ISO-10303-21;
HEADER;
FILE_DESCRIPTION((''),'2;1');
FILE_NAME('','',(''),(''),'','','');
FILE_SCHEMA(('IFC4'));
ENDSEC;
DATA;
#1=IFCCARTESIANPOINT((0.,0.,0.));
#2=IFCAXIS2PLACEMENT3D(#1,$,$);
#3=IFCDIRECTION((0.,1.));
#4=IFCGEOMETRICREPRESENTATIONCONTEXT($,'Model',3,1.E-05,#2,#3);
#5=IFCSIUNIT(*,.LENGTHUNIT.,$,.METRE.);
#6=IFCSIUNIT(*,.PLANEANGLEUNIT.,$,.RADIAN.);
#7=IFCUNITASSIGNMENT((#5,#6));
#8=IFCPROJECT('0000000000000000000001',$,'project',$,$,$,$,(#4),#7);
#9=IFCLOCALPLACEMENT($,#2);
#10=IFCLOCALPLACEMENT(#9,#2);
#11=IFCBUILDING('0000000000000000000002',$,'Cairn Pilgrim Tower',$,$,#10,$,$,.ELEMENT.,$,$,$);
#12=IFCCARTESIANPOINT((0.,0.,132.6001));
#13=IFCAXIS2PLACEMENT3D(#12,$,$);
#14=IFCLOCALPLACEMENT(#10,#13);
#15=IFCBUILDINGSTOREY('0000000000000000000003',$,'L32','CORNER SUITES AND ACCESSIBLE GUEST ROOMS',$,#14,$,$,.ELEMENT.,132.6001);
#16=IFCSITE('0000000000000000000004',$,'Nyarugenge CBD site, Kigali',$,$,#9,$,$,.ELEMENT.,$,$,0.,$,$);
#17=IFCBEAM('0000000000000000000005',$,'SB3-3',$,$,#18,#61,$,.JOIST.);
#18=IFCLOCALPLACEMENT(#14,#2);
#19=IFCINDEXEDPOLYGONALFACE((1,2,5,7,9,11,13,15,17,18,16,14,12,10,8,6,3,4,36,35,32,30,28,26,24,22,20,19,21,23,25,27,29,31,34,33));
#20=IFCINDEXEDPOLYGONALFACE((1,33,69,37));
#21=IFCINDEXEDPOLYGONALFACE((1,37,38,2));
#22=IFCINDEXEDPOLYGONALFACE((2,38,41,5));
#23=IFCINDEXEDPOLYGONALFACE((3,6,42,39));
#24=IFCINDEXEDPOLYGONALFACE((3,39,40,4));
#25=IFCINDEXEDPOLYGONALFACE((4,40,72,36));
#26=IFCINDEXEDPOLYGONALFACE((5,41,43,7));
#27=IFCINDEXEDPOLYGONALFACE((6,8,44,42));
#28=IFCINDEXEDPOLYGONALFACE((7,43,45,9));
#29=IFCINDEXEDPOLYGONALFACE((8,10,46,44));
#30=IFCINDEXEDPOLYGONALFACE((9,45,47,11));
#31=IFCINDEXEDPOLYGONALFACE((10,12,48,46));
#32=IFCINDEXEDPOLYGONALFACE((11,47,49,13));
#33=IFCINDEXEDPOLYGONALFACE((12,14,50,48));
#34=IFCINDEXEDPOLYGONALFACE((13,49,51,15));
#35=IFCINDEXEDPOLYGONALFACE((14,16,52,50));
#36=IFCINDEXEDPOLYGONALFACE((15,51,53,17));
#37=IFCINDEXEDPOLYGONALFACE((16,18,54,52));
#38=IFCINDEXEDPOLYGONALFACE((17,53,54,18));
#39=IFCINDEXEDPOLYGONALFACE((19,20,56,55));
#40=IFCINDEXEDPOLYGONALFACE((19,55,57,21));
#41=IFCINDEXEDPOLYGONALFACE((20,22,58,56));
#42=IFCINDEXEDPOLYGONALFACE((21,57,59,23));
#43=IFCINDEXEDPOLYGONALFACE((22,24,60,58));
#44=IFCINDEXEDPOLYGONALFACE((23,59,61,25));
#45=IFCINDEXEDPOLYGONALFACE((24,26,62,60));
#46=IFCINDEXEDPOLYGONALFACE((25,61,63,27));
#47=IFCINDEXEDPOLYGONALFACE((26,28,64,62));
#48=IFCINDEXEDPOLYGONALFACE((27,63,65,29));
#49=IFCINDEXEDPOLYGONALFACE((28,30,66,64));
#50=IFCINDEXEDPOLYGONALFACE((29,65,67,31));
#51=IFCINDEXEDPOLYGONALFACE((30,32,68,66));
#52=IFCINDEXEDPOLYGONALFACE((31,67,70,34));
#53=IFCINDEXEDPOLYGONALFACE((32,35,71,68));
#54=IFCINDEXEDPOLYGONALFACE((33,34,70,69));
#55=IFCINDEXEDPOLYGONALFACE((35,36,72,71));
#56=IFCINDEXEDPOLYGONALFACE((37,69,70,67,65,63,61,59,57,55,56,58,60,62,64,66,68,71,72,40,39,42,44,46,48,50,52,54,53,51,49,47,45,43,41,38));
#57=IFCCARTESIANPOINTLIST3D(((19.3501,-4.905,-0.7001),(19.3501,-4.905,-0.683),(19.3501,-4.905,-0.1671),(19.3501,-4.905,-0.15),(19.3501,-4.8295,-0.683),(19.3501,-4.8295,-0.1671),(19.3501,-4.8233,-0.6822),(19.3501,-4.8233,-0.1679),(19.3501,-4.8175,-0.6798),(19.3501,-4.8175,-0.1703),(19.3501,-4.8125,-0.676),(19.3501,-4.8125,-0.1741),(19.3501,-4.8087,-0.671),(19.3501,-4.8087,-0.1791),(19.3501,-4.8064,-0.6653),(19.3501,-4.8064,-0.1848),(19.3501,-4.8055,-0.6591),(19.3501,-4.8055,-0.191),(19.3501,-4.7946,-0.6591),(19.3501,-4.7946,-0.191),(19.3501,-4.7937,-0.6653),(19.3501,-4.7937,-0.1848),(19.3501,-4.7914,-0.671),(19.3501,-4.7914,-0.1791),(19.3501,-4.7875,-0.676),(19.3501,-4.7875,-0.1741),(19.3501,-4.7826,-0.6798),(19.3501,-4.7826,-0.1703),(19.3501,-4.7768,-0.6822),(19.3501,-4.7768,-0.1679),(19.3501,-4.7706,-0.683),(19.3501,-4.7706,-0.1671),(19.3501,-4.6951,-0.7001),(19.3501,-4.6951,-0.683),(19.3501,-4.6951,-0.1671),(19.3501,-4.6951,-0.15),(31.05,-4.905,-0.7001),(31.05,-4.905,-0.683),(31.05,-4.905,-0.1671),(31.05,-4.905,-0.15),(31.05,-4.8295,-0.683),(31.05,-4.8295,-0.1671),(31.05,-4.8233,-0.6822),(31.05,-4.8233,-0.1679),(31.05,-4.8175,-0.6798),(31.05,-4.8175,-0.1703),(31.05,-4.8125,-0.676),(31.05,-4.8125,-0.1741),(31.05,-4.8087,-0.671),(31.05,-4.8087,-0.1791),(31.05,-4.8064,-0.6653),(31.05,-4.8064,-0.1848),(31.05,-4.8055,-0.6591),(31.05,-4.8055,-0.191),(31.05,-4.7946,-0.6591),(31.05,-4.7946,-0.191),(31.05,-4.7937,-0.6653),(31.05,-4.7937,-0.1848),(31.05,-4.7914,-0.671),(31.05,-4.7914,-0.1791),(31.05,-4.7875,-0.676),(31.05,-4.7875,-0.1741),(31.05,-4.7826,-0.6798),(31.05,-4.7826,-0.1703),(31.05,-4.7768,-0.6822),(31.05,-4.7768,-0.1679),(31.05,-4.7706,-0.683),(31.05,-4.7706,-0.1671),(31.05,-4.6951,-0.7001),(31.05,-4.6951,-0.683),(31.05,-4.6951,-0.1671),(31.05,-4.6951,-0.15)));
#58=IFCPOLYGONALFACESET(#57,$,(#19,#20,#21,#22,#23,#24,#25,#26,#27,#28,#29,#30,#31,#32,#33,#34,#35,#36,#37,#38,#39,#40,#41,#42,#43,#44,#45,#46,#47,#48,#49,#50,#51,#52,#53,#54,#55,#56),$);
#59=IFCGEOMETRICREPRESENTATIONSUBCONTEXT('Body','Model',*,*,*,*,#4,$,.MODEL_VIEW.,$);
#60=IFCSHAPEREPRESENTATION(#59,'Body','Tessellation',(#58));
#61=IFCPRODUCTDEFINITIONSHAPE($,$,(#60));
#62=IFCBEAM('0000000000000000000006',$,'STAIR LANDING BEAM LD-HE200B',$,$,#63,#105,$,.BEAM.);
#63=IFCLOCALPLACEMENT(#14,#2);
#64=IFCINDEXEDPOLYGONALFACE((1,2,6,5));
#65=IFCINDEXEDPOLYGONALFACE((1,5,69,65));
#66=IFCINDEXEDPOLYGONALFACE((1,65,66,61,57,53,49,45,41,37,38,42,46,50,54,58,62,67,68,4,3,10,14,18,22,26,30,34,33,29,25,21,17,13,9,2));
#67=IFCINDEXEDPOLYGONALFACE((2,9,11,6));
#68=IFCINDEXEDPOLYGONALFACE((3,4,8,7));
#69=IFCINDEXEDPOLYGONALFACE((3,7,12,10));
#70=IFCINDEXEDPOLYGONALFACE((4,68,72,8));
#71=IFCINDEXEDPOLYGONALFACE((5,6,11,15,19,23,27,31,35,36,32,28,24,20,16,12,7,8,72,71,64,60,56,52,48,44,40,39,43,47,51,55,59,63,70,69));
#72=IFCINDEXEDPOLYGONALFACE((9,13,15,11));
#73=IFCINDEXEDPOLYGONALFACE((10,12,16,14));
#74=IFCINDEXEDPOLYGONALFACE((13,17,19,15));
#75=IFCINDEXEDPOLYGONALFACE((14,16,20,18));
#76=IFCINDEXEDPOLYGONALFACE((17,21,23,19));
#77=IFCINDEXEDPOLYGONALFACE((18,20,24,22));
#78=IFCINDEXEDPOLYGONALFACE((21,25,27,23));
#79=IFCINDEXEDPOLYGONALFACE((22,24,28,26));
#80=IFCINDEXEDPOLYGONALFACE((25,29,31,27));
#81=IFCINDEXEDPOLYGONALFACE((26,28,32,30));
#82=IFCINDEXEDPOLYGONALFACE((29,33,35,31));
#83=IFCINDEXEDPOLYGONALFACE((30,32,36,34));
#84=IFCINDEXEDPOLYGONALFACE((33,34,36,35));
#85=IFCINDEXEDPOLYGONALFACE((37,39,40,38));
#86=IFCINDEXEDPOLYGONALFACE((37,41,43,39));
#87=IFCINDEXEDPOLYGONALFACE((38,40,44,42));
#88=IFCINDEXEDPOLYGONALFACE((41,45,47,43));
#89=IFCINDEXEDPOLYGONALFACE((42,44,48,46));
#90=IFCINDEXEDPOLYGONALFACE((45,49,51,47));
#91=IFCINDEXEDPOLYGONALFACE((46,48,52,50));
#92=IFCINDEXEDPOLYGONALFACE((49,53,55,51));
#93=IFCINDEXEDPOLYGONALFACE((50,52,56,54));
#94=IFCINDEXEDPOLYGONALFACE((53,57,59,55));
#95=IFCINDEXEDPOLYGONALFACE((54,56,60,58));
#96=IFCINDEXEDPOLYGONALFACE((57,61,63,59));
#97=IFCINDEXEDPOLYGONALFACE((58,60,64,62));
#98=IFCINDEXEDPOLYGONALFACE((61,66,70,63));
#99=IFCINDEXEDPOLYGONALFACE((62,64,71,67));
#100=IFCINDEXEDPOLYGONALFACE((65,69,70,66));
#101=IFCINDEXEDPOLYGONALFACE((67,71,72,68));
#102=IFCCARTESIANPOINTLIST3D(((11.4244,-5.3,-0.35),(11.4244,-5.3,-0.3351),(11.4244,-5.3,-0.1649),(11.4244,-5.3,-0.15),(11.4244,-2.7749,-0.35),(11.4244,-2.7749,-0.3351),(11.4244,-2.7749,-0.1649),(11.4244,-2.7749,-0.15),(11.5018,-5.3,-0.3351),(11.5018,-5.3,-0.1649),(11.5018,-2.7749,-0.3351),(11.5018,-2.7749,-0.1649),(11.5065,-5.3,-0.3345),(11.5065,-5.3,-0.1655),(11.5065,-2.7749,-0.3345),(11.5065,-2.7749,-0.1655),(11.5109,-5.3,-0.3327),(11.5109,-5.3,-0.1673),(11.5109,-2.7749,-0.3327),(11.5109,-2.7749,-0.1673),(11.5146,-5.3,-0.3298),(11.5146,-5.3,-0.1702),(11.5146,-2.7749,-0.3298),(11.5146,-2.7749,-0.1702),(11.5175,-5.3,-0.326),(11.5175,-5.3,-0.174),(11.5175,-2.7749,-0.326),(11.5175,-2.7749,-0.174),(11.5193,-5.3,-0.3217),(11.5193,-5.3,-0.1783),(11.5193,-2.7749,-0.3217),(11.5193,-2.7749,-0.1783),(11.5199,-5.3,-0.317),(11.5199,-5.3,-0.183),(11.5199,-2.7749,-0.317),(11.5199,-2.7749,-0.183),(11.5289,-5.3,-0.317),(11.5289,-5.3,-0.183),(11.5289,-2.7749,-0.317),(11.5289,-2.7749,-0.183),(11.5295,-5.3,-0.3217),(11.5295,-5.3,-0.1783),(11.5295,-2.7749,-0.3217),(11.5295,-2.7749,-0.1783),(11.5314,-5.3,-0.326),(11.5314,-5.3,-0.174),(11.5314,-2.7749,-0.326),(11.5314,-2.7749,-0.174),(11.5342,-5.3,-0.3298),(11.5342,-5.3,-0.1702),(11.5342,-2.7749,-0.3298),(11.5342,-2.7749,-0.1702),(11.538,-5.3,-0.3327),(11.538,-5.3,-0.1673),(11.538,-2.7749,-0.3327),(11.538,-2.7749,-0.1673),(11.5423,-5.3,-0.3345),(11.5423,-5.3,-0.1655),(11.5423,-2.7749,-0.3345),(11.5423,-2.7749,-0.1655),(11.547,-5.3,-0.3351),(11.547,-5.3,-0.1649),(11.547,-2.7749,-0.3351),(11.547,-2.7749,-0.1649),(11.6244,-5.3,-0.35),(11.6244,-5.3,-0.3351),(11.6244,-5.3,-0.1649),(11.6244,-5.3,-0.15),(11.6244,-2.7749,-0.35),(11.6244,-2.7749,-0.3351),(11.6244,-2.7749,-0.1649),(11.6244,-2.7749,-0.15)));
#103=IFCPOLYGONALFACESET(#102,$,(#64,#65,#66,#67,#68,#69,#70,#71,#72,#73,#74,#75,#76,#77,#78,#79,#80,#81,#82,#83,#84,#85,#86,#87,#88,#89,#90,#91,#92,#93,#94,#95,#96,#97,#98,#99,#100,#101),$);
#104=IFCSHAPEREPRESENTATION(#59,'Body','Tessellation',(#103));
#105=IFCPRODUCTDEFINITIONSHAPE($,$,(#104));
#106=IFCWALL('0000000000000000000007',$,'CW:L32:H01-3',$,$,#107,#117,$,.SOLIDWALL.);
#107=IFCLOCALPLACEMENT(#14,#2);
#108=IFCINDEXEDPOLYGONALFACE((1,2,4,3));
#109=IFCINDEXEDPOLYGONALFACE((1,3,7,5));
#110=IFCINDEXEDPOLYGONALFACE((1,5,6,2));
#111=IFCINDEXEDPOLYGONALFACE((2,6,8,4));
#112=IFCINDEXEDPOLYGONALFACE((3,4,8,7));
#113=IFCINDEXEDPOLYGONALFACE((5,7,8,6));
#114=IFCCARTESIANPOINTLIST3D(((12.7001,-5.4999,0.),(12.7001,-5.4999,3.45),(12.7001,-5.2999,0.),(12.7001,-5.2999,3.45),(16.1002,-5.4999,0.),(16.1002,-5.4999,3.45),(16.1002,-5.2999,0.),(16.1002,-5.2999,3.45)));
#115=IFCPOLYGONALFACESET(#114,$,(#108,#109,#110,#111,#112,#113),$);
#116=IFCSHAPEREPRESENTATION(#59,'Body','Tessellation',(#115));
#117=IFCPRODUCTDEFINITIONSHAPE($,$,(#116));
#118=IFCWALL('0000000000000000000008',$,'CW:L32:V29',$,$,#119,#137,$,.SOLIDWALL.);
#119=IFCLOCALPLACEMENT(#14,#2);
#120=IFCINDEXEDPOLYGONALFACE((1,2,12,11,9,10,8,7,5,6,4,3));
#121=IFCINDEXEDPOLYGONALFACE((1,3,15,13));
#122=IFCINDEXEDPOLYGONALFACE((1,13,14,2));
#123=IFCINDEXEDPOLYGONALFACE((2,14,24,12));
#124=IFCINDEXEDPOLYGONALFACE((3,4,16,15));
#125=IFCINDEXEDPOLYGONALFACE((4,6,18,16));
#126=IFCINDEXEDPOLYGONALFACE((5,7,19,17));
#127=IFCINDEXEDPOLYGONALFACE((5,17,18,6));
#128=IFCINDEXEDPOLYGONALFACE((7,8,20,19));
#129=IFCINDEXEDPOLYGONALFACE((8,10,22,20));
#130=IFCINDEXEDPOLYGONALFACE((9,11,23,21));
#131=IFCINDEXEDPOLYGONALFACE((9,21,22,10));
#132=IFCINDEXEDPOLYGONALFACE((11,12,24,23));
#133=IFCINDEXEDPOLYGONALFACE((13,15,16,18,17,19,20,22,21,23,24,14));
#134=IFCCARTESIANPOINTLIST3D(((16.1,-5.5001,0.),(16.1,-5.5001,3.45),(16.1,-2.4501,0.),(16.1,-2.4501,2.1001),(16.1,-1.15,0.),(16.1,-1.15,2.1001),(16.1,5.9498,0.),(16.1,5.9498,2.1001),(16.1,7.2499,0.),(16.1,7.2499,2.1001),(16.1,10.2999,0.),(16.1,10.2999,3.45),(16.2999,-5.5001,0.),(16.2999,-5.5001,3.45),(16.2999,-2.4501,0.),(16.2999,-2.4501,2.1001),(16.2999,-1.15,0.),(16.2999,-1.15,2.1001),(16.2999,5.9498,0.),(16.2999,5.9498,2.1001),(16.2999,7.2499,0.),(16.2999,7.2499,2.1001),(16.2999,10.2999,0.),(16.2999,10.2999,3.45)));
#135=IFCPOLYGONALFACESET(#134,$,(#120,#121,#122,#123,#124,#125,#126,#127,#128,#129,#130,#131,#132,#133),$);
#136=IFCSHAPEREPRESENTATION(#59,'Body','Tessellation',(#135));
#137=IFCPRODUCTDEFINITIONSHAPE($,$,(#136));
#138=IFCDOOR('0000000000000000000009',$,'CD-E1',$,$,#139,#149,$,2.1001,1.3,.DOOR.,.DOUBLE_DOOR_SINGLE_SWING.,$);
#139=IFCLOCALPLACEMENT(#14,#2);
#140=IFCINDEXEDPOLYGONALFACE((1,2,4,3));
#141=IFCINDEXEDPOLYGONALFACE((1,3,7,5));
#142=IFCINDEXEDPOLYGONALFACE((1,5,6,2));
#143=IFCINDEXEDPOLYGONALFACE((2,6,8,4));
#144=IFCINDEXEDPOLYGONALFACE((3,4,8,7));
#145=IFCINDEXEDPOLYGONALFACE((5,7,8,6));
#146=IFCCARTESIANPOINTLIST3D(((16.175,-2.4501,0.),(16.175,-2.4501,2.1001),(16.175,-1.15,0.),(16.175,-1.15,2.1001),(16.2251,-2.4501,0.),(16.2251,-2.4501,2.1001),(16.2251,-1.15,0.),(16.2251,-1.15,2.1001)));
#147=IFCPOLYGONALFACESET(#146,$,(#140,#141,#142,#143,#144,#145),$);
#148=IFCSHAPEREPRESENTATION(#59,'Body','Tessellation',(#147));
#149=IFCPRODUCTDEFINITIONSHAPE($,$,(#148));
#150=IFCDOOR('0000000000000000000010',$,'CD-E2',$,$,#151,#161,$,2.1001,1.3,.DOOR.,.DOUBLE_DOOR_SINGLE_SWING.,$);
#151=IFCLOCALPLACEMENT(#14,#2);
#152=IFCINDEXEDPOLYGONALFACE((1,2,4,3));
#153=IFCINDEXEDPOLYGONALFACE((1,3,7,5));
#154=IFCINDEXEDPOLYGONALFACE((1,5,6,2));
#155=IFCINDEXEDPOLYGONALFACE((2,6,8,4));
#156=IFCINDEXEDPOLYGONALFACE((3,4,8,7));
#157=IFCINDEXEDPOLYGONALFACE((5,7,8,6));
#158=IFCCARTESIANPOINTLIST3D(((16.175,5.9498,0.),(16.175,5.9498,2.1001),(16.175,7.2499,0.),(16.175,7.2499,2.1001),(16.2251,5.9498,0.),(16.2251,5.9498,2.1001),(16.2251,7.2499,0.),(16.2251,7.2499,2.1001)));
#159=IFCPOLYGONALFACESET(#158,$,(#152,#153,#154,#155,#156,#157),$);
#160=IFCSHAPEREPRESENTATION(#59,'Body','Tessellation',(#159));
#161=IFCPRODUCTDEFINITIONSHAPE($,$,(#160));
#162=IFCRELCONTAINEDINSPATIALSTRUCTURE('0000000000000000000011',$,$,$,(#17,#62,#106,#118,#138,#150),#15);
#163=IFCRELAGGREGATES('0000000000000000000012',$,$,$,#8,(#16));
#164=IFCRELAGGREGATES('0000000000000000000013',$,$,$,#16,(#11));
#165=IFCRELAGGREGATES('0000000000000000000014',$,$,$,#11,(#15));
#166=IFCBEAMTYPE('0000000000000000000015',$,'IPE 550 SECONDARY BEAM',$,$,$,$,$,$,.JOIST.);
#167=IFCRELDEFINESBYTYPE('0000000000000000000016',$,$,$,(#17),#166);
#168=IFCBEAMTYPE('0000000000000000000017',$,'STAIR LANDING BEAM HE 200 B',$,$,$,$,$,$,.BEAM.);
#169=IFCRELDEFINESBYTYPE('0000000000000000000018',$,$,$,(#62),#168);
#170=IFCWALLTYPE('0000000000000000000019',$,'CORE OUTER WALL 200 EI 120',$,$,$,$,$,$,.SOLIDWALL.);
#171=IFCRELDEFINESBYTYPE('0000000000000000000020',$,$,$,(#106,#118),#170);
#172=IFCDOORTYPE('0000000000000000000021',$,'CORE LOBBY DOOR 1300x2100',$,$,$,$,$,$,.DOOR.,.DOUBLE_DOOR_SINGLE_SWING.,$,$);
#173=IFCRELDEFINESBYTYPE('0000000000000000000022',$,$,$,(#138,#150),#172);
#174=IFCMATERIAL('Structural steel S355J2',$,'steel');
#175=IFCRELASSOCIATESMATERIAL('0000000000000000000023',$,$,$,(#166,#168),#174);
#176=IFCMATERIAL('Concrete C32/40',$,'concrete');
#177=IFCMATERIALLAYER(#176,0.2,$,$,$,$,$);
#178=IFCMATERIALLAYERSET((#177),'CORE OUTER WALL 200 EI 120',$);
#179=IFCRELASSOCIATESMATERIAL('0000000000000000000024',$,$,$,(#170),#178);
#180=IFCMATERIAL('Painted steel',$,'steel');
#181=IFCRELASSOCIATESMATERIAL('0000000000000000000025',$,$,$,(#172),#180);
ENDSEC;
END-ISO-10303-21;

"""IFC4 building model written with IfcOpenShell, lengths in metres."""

from ifc_helpers import new_model, si_unit, direction, frame, frame_2d, origin, origin_2d, place, context, subcontext, project, spatial, rectangle, i_section, extrude, material, layer, layer_set, material_profile, profile_set, type_object, element, fill, save


model = new_model("IFC4")

# Units and contexts
model_context = context("Model", 3, precision=1e-05, world=origin(), true_north=direction((0.0, 1.0)))
body_context = subcontext(model_context, "Body", "Model", "MODEL_VIEW")
ifc_project = project(units=[si_unit("LENGTHUNIT", "METRE"), si_unit("PLANEANGLEUNIT", "RADIAN")], contexts=[model_context])

# Site, building, storey
site_placement = place(None, origin())
site = spatial("IfcSite", under=ifc_project, at=site_placement, Name="Nyarugenge CBD site, Kigali", CompositionType="ELEMENT", RefElevation=0.0)
building_placement = place(site_placement, origin())
building = spatial("IfcBuilding", under=site, at=building_placement, Name="Cairn Pilgrim Tower", CompositionType="ELEMENT")
storey_placement = place(building_placement, frame((0.0, 0.0, 132.6001)))
storey = spatial("IfcBuildingStorey", under=building, at=storey_placement, Name="L32", Description="CORNER SUITES AND ACCESSIBLE GUEST ROOMS", CompositionType="ELEMENT", Elevation=132.6001)

# Beams
ifc_material_1 = material(Name="Structural steel S355J2", Category="steel")
ifc_material_profile_1 = material_profile(ifc_material_1, i_section(OverallWidth=0.21, OverallDepth=0.55, WebThickness=0.011, FlangeThickness=0.0171, FilletRadius=0.0239, at=origin_2d()), Name="IPE 550")
ifc_profile_set_1 = profile_set([ifc_material_profile_1], Name="Structural steel S355J2")
beam_type_1 = type_object("IfcBeamType", Name="IPE 550 SECONDARY BEAM", PredefinedType="JOIST", material=ifc_profile_set_1)
beam_1_placement = place(storey_placement, frame((19.3501, -4.8, -0.425), z_axis=(1.0, 0.0, 0.0), x_axis=(0.0, 1.0, 0.0)))
element("IfcBeam", 1, at=beam_1_placement, inside=storey, type_object=beam_type_1, Name="SB3-3", PredefinedType="JOIST", context=body_context, shape_type="SweptSolid", body=[
    extrude(i_section(OverallWidth=0.21, OverallDepth=0.55, WebThickness=0.011, FlangeThickness=0.0171, FilletRadius=0.0239, at=origin_2d()), origin(), (0.0, 0.0, 1.0), 11.7),
])
ifc_material_profile_2 = material_profile(ifc_material_1, i_section(OverallWidth=0.2, OverallDepth=0.2, WebThickness=0.009, FlangeThickness=0.0149, FilletRadius=0.0181, at=origin_2d()), Name="HE 200 B")
ifc_profile_set_2 = profile_set([ifc_material_profile_2], Name="Structural steel S355J2")
beam_type_2 = type_object("IfcBeamType", Name="STAIR LANDING BEAM HE 200 B", PredefinedType="BEAM", material=ifc_profile_set_2)
beam_2_placement = place(storey_placement, frame((11.5244, -2.7749, -0.25), z_axis=(0.0, -1.0, 0.0), x_axis=(1.0, 0.0, 0.0)))
element("IfcBeam", 2, at=beam_2_placement, inside=storey, type_object=beam_type_2, Name="STAIR LANDING BEAM LD-HE200B", PredefinedType="BEAM", context=body_context, shape_type="SweptSolid", body=[
    extrude(i_section(OverallWidth=0.2, OverallDepth=0.2, WebThickness=0.009, FlangeThickness=0.0149, FilletRadius=0.0181, at=origin_2d()), origin(), (0.0, 0.0, 1.0), 2.5251),
])

# Wall
ifc_material_2 = material(Name="Concrete C32/40", Category="concrete")
ifc_layer_1 = layer(ifc_material_2, 0.2)
ifc_layer_set_1 = layer_set([ifc_layer_1], Name="CORE OUTER WALL 200 EI 120")
wall_type_1 = type_object("IfcWallType", Name="CORE OUTER WALL 200 EI 120", PredefinedType="SOLIDWALL", material=ifc_layer_set_1)
wall_1_placement = place(storey_placement, frame((12.7, -5.3999, 0.0), z_axis=(0.0, 0.0, 1.0), x_axis=(1.0, 0.0, 0.0)))
element("IfcWall", 3, at=wall_1_placement, inside=storey, type_object=wall_type_1, Name="CW:L32:H01-3", PredefinedType="SOLIDWALL", context=body_context, shape_type="SweptSolid", body=[
    extrude(rectangle(XDim=3.4001, YDim=0.2, at=frame_2d((1.7002, 0.0))), origin(), (0.0, 0.0, 1.0), 3.45),
])

# Wall, openings, doors
wall_2_placement = place(storey_placement, frame((16.2, -5.5, 0.0), z_axis=(0.0, 0.0, 1.0), x_axis=(0.0, 1.0, 0.0)))
wall_2 = element("IfcWall", 4, at=wall_2_placement, inside=storey, type_object=wall_type_1, Name="CW:L32:V29", PredefinedType="SOLIDWALL", context=body_context, shape_type="SweptSolid", body=[
    extrude(rectangle(XDim=15.8, YDim=0.2, at=frame_2d((7.8999, 0.0))), origin(), (0.0, 0.0, 1.0), 3.45),
])
opening_1_placement = place(wall_2_placement, frame((3.05, 0.0, 0.0)))
opening_1 = element("IfcOpeningElement", 5, at=opening_1_placement, cuts=wall_2, PredefinedType="OPENING", context=body_context, shape_type="SweptSolid", body=[
    extrude(rectangle(XDim=1.3, YDim=2.1001, at=frame_2d((0.6499, 1.05))), frame((0.0, 0.1099, 0.0), z_axis=(0.0, -1.0, 0.0), x_axis=(1.0, 0.0, 0.0)), (0.0, 0.0, 1.0), 0.22),
])
opening_2_placement = place(wall_2_placement, frame((11.45, 0.0, 0.0)))
opening_2 = element("IfcOpeningElement", 6, at=opening_2_placement, cuts=wall_2, PredefinedType="OPENING", context=body_context, shape_type="SweptSolid", body=[
    extrude(rectangle(XDim=1.3, YDim=2.1001, at=frame_2d((0.6499, 1.05))), frame((0.0, 0.1099, 0.0), z_axis=(0.0, -1.0, 0.0), x_axis=(1.0, 0.0, 0.0)), (0.0, 0.0, 1.0), 0.22),
])
ifc_material_3 = material(Name="Painted steel", Category="steel")
door_type_1 = type_object("IfcDoorType", Name="CORE LOBBY DOOR 1300x2100", OperationType="DOUBLE_DOOR_SINGLE_SWING", PredefinedType="DOOR", material=ifc_material_3)
door_1_placement = place(opening_1_placement, origin())
door_1 = element("IfcDoor", 7, at=door_1_placement, inside=storey, type_object=door_type_1, Name="CD-E1", OperationType="DOUBLE_DOOR_SINGLE_SWING", OverallHeight=2.1001, OverallWidth=1.3, PredefinedType="DOOR", context=body_context, shape_type="SweptSolid", body=[
    extrude(rectangle(XDim=1.3, YDim=2.1001, at=frame_2d((0.6499, 1.05))), frame((0.0, 0.0249, 0.0), z_axis=(0.0, -1.0, 0.0), x_axis=(1.0, 0.0, 0.0)), (0.0, 0.0, 1.0), 0.05),
])
fill(opening_1, door_1)
door_2_placement = place(opening_2_placement, origin())
door_2 = element("IfcDoor", 8, at=door_2_placement, inside=storey, type_object=door_type_1, Name="CD-E2", OperationType="DOUBLE_DOOR_SINGLE_SWING", OverallHeight=2.1001, OverallWidth=1.3, PredefinedType="DOOR", context=body_context, shape_type="SweptSolid", body=[
    extrude(rectangle(XDim=1.3, YDim=2.1001, at=frame_2d((0.6499, 1.05))), frame((0.0, 0.0249, 0.0), z_axis=(0.0, -1.0, 0.0), x_axis=(1.0, 0.0, 0.0)), (0.0, 0.0, 1.0), 0.05),
])
fill(opening_2, door_2)

save(model, "model.ifc")
